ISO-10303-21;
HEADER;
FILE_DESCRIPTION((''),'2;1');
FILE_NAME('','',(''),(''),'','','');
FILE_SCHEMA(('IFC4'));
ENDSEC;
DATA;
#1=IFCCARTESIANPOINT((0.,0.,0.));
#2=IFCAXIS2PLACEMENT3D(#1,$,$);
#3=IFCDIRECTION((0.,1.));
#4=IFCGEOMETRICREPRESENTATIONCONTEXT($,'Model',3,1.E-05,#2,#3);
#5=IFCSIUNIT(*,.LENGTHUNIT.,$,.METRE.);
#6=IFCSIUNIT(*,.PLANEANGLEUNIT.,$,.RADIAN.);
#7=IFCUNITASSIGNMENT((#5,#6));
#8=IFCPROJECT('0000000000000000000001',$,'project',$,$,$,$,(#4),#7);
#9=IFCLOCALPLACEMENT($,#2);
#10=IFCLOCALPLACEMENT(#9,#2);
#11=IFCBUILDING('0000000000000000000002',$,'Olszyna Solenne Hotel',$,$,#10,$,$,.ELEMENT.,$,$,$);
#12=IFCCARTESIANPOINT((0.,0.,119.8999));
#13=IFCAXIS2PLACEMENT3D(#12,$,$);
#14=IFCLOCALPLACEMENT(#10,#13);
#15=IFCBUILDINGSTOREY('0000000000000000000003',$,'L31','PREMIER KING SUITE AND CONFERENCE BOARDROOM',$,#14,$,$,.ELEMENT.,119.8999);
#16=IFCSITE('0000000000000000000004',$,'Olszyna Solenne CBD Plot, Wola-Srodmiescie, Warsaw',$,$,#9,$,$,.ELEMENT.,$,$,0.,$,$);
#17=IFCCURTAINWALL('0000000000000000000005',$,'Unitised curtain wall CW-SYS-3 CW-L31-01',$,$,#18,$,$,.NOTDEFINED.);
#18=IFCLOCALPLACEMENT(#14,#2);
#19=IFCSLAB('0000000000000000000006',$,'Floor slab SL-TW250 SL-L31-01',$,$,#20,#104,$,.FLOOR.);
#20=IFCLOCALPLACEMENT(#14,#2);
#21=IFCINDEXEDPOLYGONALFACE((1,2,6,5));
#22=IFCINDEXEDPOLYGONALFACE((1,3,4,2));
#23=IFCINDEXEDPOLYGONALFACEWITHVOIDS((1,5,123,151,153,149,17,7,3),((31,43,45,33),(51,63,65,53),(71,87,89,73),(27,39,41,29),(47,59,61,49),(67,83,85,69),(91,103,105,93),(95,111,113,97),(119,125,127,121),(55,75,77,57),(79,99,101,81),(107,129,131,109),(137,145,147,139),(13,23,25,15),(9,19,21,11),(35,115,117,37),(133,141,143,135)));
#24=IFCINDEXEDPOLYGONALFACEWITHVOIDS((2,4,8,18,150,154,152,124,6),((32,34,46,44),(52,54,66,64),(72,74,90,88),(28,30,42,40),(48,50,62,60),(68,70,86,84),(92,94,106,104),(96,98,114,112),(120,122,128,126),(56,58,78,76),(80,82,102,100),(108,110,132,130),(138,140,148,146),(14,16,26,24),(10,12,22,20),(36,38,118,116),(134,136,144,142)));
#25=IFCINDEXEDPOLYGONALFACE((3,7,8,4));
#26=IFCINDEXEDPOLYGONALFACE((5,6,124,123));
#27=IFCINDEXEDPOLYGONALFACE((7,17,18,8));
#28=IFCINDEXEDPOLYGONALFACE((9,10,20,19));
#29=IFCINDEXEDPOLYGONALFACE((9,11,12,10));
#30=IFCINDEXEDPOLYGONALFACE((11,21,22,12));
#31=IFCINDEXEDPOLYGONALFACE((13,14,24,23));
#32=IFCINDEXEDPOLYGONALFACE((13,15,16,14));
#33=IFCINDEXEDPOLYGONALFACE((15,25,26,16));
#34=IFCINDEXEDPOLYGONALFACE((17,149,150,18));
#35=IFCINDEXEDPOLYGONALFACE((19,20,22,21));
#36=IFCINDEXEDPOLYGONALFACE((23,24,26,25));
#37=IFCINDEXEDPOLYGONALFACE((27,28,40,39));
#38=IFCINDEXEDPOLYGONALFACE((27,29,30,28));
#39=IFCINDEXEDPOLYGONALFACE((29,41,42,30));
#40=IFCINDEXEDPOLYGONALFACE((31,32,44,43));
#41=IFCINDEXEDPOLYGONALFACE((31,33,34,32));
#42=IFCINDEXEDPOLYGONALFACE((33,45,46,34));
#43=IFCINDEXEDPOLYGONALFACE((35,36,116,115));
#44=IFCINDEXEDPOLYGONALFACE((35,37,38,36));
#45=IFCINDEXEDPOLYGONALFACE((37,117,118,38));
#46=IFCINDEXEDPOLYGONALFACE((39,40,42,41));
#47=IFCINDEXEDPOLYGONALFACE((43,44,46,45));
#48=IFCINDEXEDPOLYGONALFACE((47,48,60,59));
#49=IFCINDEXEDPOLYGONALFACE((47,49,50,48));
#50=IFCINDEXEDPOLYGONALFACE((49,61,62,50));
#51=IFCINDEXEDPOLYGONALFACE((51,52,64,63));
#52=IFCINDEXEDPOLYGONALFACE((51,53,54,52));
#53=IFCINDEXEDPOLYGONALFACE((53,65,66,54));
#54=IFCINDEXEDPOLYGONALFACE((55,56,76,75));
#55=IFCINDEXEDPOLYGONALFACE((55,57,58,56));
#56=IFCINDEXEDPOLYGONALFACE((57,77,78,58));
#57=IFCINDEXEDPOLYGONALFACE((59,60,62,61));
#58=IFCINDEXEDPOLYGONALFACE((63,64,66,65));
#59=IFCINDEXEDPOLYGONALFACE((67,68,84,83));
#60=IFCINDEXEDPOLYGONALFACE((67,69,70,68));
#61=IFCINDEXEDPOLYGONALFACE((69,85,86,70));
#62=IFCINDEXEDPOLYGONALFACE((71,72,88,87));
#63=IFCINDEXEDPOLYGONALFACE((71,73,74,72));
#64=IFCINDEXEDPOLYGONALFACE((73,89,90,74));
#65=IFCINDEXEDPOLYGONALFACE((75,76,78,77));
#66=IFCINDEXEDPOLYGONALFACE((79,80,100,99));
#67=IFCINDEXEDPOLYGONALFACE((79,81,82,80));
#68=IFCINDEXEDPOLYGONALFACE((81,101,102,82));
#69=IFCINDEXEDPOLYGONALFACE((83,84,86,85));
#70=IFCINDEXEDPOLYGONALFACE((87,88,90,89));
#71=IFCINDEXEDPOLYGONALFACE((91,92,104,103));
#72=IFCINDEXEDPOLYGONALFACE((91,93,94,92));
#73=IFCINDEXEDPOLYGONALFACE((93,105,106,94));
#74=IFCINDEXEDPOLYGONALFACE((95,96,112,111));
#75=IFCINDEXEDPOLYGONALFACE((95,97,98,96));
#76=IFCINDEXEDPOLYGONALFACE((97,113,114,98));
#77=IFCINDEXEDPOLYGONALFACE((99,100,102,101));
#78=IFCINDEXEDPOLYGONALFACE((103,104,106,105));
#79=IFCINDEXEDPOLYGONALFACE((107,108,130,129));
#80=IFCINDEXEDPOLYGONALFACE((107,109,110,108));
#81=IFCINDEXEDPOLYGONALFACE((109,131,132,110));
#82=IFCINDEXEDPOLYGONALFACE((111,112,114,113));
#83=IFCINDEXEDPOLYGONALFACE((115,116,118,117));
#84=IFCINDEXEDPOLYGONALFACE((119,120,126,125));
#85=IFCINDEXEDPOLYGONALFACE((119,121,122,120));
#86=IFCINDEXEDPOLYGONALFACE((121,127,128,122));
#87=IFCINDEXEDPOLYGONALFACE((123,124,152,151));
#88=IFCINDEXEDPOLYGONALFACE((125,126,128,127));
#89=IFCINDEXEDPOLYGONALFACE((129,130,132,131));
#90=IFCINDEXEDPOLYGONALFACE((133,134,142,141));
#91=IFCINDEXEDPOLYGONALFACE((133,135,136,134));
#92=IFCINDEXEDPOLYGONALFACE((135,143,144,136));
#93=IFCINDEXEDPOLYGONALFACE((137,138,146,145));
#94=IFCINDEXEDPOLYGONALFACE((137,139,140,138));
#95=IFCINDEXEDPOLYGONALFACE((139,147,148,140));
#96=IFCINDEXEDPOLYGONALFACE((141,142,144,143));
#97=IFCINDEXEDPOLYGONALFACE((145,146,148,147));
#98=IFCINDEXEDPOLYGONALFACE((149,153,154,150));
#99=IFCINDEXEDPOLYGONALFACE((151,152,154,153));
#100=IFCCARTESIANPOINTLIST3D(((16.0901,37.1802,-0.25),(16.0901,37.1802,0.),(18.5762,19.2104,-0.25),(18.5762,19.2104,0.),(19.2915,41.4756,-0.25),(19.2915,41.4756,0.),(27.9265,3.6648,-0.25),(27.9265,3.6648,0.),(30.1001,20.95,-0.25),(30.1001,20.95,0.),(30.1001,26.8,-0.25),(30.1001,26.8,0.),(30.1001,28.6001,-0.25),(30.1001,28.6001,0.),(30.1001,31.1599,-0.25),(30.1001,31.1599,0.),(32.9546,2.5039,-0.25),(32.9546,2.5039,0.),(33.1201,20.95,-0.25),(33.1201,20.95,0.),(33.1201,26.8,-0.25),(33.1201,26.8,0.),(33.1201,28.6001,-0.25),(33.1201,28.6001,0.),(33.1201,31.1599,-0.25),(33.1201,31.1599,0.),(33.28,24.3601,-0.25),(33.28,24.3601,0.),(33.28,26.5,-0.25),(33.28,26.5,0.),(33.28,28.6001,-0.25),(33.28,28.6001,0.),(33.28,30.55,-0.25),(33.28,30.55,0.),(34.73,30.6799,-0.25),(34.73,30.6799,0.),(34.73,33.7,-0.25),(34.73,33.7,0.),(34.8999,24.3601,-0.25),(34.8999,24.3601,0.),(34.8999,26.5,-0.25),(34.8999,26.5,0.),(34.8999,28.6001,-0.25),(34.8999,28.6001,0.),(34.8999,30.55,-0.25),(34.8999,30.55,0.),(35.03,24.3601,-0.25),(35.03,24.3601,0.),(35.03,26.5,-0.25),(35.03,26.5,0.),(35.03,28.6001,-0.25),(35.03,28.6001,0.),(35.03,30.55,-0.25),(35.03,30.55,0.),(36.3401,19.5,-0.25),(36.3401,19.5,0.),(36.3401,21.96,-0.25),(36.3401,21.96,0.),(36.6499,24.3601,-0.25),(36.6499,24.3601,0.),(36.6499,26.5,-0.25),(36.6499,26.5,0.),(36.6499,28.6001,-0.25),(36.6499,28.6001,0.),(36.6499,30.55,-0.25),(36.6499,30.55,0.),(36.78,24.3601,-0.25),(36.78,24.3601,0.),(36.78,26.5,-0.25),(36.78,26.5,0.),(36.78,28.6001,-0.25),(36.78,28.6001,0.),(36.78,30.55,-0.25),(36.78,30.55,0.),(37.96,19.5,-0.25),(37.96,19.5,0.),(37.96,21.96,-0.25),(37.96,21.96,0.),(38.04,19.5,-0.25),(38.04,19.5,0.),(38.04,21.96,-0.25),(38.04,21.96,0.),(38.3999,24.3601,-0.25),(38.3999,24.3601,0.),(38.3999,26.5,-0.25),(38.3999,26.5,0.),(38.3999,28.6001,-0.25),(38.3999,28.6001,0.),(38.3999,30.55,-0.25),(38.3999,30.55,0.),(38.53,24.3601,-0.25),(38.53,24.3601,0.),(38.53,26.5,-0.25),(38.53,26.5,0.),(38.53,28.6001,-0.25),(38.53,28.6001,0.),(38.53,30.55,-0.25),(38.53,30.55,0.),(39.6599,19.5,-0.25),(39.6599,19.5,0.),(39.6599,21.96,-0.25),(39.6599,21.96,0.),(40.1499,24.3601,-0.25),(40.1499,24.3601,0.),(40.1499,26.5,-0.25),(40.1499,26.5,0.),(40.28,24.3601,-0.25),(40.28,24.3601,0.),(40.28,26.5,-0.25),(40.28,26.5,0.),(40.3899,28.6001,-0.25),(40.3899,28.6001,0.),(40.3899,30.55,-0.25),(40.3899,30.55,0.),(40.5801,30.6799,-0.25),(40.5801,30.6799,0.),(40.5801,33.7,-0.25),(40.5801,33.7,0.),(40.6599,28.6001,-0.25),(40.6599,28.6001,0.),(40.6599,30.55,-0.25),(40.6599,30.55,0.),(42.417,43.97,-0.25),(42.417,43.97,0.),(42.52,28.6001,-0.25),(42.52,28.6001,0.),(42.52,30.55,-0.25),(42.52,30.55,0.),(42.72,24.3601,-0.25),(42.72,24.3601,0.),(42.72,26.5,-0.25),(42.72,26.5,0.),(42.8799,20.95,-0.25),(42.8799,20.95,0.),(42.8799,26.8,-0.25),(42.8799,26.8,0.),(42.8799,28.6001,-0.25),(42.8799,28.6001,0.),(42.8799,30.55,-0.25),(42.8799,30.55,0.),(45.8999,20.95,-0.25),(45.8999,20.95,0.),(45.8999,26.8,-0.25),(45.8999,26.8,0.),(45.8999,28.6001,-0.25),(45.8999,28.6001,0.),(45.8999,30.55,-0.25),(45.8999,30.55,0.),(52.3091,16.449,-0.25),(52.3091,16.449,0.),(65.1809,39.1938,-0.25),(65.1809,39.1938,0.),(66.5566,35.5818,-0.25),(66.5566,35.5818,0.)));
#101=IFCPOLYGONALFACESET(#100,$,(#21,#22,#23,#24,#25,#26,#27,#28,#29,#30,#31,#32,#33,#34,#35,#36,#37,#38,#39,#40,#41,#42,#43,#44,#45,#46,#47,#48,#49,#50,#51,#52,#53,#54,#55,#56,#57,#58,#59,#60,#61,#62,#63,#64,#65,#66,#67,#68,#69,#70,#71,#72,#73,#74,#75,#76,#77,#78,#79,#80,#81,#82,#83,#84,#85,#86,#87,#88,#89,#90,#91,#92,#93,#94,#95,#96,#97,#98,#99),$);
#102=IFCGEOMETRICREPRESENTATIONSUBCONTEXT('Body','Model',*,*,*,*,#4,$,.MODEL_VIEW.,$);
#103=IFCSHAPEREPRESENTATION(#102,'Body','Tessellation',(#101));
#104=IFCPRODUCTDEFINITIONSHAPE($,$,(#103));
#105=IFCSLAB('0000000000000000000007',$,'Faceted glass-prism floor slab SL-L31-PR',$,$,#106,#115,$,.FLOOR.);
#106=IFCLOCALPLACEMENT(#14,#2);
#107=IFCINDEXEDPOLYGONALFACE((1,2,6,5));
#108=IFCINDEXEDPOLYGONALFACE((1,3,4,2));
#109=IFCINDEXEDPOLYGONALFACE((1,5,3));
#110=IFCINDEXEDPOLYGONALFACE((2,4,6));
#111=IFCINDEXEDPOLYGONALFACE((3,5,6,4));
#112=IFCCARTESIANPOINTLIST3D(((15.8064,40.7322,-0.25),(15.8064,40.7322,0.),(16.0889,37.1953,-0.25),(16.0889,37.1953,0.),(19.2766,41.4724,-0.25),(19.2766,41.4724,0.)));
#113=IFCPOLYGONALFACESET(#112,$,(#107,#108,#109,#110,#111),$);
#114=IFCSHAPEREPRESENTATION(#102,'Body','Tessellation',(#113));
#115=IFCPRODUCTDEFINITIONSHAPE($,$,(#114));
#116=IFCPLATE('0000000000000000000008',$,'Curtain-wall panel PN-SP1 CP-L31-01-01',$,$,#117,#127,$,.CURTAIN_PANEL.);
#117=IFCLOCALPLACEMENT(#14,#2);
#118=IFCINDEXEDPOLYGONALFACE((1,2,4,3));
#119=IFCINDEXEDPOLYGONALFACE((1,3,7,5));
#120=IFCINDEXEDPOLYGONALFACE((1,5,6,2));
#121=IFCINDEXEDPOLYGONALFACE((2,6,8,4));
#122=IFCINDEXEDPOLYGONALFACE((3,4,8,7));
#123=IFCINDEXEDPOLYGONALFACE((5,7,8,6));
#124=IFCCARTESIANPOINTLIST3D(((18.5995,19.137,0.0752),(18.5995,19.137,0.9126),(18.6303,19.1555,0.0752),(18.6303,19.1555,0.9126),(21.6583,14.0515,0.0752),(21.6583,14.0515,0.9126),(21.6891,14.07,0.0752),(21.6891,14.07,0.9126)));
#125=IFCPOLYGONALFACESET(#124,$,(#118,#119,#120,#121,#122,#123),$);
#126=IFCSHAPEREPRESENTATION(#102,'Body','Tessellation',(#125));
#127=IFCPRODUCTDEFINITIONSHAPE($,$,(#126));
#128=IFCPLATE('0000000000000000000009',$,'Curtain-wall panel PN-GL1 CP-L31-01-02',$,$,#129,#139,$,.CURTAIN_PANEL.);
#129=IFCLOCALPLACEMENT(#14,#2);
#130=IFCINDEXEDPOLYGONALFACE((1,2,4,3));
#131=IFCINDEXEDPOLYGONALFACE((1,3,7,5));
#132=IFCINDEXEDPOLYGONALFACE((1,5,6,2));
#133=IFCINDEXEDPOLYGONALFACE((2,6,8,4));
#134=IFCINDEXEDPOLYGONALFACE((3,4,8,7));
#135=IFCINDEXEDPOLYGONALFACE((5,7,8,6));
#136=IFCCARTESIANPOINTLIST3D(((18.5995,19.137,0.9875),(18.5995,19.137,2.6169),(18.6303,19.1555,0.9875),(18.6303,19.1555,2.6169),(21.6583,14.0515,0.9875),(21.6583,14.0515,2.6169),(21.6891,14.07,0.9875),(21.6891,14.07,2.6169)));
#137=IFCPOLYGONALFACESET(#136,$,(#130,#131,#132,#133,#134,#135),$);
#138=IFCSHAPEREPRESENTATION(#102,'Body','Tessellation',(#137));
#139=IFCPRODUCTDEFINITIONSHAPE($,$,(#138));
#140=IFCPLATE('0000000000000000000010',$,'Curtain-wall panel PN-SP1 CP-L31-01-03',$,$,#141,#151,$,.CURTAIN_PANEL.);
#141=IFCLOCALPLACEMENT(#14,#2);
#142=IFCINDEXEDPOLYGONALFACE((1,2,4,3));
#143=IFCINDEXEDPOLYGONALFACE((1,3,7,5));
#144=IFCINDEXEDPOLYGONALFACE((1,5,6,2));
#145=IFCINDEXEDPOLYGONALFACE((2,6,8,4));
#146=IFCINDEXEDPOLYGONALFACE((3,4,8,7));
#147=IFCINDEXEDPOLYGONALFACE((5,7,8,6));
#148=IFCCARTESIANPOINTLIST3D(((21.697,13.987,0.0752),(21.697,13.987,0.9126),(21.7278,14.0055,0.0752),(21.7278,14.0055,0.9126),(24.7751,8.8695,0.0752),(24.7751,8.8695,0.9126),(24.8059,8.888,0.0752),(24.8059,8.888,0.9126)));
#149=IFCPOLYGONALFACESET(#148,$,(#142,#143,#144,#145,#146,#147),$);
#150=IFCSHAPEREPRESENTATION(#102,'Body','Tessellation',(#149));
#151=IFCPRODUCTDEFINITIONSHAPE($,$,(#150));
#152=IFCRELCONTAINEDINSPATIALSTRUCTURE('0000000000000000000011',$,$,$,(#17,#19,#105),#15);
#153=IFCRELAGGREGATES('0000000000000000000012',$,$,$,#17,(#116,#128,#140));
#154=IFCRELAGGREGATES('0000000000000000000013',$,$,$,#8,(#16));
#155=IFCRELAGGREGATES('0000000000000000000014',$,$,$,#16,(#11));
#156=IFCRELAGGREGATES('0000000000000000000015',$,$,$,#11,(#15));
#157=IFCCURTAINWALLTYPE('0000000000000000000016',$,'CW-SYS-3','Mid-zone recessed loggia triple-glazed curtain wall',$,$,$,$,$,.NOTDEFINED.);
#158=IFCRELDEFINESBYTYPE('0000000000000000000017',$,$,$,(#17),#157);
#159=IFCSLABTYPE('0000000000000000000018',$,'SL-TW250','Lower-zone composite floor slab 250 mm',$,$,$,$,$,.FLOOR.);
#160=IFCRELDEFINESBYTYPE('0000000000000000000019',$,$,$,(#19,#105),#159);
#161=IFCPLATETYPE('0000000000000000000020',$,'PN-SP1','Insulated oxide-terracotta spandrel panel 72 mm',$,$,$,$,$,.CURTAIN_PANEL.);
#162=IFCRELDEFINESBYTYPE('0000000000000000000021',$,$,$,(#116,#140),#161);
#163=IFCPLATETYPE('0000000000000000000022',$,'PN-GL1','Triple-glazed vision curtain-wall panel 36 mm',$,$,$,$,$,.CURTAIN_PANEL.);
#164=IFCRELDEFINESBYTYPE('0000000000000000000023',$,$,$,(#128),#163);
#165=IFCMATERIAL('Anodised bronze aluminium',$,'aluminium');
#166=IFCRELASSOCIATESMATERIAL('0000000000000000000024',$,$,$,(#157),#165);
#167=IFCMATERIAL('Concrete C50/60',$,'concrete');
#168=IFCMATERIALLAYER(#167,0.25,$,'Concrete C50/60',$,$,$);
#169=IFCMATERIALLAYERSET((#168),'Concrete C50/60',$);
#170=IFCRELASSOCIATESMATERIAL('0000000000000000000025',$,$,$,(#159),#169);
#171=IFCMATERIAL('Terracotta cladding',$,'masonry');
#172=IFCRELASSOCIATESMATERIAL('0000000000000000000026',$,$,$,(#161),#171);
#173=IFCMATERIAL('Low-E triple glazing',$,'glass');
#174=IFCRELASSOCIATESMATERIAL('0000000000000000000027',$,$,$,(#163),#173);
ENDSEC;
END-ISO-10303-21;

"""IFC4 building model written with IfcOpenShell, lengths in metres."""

from ifc_helpers import new_model, si_unit, direction, frame, origin, origin_2d, place, context, subcontext, project, spatial, polyline, rectangle, outline, extrude, source, transform, mapped, material, layer, layer_set, type_object, element, aggregate, save


model = new_model("IFC4")

# Units and contexts
model_context = context("Model", 3, precision=1e-05, world=origin(), true_north=direction((0.0, 1.0)))
body_context = subcontext(model_context, "Body", "Model", "MODEL_VIEW")
ifc_project = project(units=[si_unit("LENGTHUNIT", "METRE"), si_unit("PLANEANGLEUNIT", "RADIAN")], contexts=[model_context])

# Site, building, storey
site_placement = place(None, origin())
site = spatial("IfcSite", under=ifc_project, at=site_placement, Name="Olszyna Solenne CBD Plot, Wola-Srodmiescie, Warsaw", CompositionType="ELEMENT", RefElevation=0.0)
building_placement = place(site_placement, origin())
building = spatial("IfcBuilding", under=site, at=building_placement, Name="Olszyna Solenne Hotel", CompositionType="ELEMENT")
storey_placement = place(building_placement, frame((0.0, 0.0, 119.8999)))
storey = spatial("IfcBuildingStorey", under=building, at=storey_placement, Name="L31", Description="PREMIER KING SUITE AND CONFERENCE BOARDROOM", CompositionType="ELEMENT", Elevation=119.8999)

# Curtain wall
ifc_material_1 = material(Name="Anodised bronze aluminium", Category="aluminium")
curtain_wall_type = type_object("IfcCurtainWallType", Name="CW-SYS-3", Description="Mid-zone recessed loggia triple-glazed curtain wall", PredefinedType="NOTDEFINED", material=ifc_material_1)
curtain_wall_placement = place(storey_placement, origin())
curtain_wall = element("IfcCurtainWall", 1, at=curtain_wall_placement, inside=storey, type_object=curtain_wall_type, Name="Unitised curtain wall CW-SYS-3 CW-L31-01", PredefinedType="NOTDEFINED")

# Slabs
ifc_material_2 = material(Name="Concrete C50/60", Category="concrete")
ifc_layer_1 = layer(ifc_material_2, 0.25, Name="Concrete C50/60")
ifc_layer_set_1 = layer_set([ifc_layer_1], Name="Concrete C50/60")
slab_type_1 = type_object("IfcSlabType", Name="SL-TW250", Description="Lower-zone composite floor slab 250 mm", PredefinedType="FLOOR", material=ifc_layer_set_1)
slab_1_placement = place(storey_placement, frame((0.0, 0.0, -0.25)))
element("IfcSlab", 2, at=slab_1_placement, inside=storey, type_object=slab_type_1, Name="Floor slab SL-TW250 SL-L31-01", PredefinedType="FLOOR", context=body_context, shape_type="SweptSolid", body=[
    extrude(outline(polyline([(66.5566, 35.5818), (65.1809, 39.1938), (42.417, 43.97), (19.2915, 41.4756), (16.0901, 37.1802), (18.5762, 19.2104), (27.9265, 3.6648), (32.9546, 2.5039), (52.3091, 16.449), (66.5566, 35.5818)]), holes=[polyline([(30.1001, 20.95), (33.1201, 20.95), (33.1201, 26.8), (30.1001, 26.8), (30.1001, 20.95)]), polyline([(42.8799, 20.95), (45.8999, 20.95), (45.8999, 26.8), (42.8799, 26.8), (42.8799, 20.95)]), polyline([(34.73, 30.6799), (40.5801, 30.6799), (40.5801, 33.7), (34.73, 33.7), (34.73, 30.6799)]), polyline([(36.3401, 19.5), (37.96, 19.5), (37.96, 21.96), (36.3401, 21.96), (36.3401, 19.5)]), polyline([(38.04, 19.5), (39.6599, 19.5), (39.6599, 21.96), (38.04, 21.96), (38.04, 19.5)]), polyline([(30.1001, 28.6001), (33.1201, 28.6001), (33.1201, 31.1599), (30.1001, 31.1599), (30.1001, 28.6001)]), polyline([(33.28, 24.3601), (34.8999, 24.3601), (34.8999, 26.5), (33.28, 26.5), (33.28, 24.3601)]), polyline([(35.03, 24.3601), (36.6499, 24.3601), (36.6499, 26.5), (35.03, 26.5), (35.03, 24.3601)]), polyline([(36.78, 24.3601), (38.3999, 24.3601), (38.3999, 26.5), (36.78, 26.5), (36.78, 24.3601)]), polyline([(38.53, 24.3601), (40.1499, 24.3601), (40.1499, 26.5), (38.53, 26.5), (38.53, 24.3601)]), polyline([(40.28, 24.3601), (42.72, 24.3601), (42.72, 26.5), (40.28, 26.5), (40.28, 24.3601)]), polyline([(33.28, 28.6001), (34.8999, 28.6001), (34.8999, 30.55), (33.28, 30.55), (33.28, 28.6001)]), polyline([(35.03, 28.6001), (36.6499, 28.6001), (36.6499, 30.55), (35.03, 30.55), (35.03, 28.6001)]), polyline([(36.78, 28.6001), (38.3999, 28.6001), (38.3999, 30.55), (36.78, 30.55), (36.78, 28.6001)]), polyline([(38.53, 28.6001), (40.3899, 28.6001), (40.3899, 30.55), (38.53, 30.55), (38.53, 28.6001)]), polyline([(40.6599, 28.6001), (42.52, 28.6001), (42.52, 30.55), (40.6599, 30.55), (40.6599, 28.6001)]), polyline([(42.8799, 28.6001), (45.8999, 28.6001), (45.8999, 30.55), (42.8799, 30.55), (42.8799, 28.6001)])]), origin(), (0.0, 0.0, 1.0), 0.25),
])
slab_2_placement = place(storey_placement, frame((0.0, 0.0, -0.25)))
element("IfcSlab", 3, at=slab_2_placement, inside=storey, type_object=slab_type_1, Name="Faceted glass-prism floor slab SL-L31-PR", PredefinedType="FLOOR", context=body_context, shape_type="SweptSolid", body=[
    extrude(outline(polyline([(16.0889, 37.1953), (19.2766, 41.4724), (15.8064, 40.7322), (16.0889, 37.1953)])), origin(), (0.0, 0.0, 1.0), 0.25),
])

# Plates
ifc_material_3 = material(Name="Terracotta cladding", Category="masonry")
plate_type_1 = type_object("IfcPlateType", Name="PN-SP1", Description="Insulated oxide-terracotta spandrel panel 72 mm", PredefinedType="CURTAIN_PANEL", material=ifc_material_3)
shared_shape_1 = source(origin(), body_context, "Body", "SweptSolid", [
    extrude(rectangle(XDim=5.9346, YDim=0.0359, at=origin_2d()), origin(), (0.0, 0.0, 1.0), 0.8374),
])
plate_1_placement = place(storey_placement, frame((20.1443, 16.6035, 0.0752), z_axis=(0.0, 0.0, 1.0), x_axis=(0.515425, -0.856935, 0.0)))
plate_1 = element("IfcPlate", 4, at=plate_1_placement, type_object=plate_type_1, Name="Curtain-wall panel PN-SP1 CP-L31-01-01", PredefinedType="CURTAIN_PANEL", context=body_context, shape_type="MappedRepresentation", body=[
    mapped(shared_shape_1, transform((0.0, 0.0, 0.0), x_axis=(1.0, 0.0, 0.0), y_axis=(0.0, 1.0, 0.0), z_axis=(0.0, 0.0, 1.0), scale=1.0)),
])
ifc_material_4 = material(Name="Low-E triple glazing", Category="glass")
plate_type_2 = type_object("IfcPlateType", Name="PN-GL1", Description="Triple-glazed vision curtain-wall panel 36 mm", PredefinedType="CURTAIN_PANEL", material=ifc_material_4)
shared_shape_2 = source(origin(), body_context, "Body", "SweptSolid", [
    extrude(rectangle(XDim=5.9346, YDim=0.0359, at=origin_2d()), origin(), (0.0, 0.0, 1.0), 1.6294),
])
plate_2_placement = place(storey_placement, frame((20.1443, 16.6035, 0.9875), z_axis=(0.0, 0.0, 1.0), x_axis=(0.515425, -0.856935, 0.0)))
plate_2 = element("IfcPlate", 5, at=plate_2_placement, type_object=plate_type_2, Name="Curtain-wall panel PN-GL1 CP-L31-01-02", PredefinedType="CURTAIN_PANEL", context=body_context, shape_type="MappedRepresentation", body=[
    mapped(shared_shape_2, transform((0.0, 0.0, 0.0), x_axis=(1.0, 0.0, 0.0), y_axis=(0.0, 1.0, 0.0), z_axis=(0.0, 0.0, 1.0), scale=1.0)),
])
shared_shape_3 = source(origin(), body_context, "Body", "SweptSolid", [
    extrude(rectangle(XDim=5.9719, YDim=0.0359, at=origin_2d()), origin(), (0.0, 0.0, 1.0), 0.8374),
])
plate_3_placement = place(storey_placement, frame((23.2515, 11.4375, 0.0752), z_axis=(0.0, 0.0, 1.0), x_axis=(0.515425, -0.856935, 0.0)))
plate_3 = element("IfcPlate", 6, at=plate_3_placement, type_object=plate_type_1, Name="Curtain-wall panel PN-SP1 CP-L31-01-03", PredefinedType="CURTAIN_PANEL", context=body_context, shape_type="MappedRepresentation", body=[
    mapped(shared_shape_3, transform((0.0, 0.0, 0.0), x_axis=(1.0, 0.0, 0.0), y_axis=(0.0, 1.0, 0.0), z_axis=(0.0, 0.0, 1.0), scale=1.0)),
])
aggregate(curtain_wall, [plate_1, plate_2, plate_3])

save(model, "model.ifc")
